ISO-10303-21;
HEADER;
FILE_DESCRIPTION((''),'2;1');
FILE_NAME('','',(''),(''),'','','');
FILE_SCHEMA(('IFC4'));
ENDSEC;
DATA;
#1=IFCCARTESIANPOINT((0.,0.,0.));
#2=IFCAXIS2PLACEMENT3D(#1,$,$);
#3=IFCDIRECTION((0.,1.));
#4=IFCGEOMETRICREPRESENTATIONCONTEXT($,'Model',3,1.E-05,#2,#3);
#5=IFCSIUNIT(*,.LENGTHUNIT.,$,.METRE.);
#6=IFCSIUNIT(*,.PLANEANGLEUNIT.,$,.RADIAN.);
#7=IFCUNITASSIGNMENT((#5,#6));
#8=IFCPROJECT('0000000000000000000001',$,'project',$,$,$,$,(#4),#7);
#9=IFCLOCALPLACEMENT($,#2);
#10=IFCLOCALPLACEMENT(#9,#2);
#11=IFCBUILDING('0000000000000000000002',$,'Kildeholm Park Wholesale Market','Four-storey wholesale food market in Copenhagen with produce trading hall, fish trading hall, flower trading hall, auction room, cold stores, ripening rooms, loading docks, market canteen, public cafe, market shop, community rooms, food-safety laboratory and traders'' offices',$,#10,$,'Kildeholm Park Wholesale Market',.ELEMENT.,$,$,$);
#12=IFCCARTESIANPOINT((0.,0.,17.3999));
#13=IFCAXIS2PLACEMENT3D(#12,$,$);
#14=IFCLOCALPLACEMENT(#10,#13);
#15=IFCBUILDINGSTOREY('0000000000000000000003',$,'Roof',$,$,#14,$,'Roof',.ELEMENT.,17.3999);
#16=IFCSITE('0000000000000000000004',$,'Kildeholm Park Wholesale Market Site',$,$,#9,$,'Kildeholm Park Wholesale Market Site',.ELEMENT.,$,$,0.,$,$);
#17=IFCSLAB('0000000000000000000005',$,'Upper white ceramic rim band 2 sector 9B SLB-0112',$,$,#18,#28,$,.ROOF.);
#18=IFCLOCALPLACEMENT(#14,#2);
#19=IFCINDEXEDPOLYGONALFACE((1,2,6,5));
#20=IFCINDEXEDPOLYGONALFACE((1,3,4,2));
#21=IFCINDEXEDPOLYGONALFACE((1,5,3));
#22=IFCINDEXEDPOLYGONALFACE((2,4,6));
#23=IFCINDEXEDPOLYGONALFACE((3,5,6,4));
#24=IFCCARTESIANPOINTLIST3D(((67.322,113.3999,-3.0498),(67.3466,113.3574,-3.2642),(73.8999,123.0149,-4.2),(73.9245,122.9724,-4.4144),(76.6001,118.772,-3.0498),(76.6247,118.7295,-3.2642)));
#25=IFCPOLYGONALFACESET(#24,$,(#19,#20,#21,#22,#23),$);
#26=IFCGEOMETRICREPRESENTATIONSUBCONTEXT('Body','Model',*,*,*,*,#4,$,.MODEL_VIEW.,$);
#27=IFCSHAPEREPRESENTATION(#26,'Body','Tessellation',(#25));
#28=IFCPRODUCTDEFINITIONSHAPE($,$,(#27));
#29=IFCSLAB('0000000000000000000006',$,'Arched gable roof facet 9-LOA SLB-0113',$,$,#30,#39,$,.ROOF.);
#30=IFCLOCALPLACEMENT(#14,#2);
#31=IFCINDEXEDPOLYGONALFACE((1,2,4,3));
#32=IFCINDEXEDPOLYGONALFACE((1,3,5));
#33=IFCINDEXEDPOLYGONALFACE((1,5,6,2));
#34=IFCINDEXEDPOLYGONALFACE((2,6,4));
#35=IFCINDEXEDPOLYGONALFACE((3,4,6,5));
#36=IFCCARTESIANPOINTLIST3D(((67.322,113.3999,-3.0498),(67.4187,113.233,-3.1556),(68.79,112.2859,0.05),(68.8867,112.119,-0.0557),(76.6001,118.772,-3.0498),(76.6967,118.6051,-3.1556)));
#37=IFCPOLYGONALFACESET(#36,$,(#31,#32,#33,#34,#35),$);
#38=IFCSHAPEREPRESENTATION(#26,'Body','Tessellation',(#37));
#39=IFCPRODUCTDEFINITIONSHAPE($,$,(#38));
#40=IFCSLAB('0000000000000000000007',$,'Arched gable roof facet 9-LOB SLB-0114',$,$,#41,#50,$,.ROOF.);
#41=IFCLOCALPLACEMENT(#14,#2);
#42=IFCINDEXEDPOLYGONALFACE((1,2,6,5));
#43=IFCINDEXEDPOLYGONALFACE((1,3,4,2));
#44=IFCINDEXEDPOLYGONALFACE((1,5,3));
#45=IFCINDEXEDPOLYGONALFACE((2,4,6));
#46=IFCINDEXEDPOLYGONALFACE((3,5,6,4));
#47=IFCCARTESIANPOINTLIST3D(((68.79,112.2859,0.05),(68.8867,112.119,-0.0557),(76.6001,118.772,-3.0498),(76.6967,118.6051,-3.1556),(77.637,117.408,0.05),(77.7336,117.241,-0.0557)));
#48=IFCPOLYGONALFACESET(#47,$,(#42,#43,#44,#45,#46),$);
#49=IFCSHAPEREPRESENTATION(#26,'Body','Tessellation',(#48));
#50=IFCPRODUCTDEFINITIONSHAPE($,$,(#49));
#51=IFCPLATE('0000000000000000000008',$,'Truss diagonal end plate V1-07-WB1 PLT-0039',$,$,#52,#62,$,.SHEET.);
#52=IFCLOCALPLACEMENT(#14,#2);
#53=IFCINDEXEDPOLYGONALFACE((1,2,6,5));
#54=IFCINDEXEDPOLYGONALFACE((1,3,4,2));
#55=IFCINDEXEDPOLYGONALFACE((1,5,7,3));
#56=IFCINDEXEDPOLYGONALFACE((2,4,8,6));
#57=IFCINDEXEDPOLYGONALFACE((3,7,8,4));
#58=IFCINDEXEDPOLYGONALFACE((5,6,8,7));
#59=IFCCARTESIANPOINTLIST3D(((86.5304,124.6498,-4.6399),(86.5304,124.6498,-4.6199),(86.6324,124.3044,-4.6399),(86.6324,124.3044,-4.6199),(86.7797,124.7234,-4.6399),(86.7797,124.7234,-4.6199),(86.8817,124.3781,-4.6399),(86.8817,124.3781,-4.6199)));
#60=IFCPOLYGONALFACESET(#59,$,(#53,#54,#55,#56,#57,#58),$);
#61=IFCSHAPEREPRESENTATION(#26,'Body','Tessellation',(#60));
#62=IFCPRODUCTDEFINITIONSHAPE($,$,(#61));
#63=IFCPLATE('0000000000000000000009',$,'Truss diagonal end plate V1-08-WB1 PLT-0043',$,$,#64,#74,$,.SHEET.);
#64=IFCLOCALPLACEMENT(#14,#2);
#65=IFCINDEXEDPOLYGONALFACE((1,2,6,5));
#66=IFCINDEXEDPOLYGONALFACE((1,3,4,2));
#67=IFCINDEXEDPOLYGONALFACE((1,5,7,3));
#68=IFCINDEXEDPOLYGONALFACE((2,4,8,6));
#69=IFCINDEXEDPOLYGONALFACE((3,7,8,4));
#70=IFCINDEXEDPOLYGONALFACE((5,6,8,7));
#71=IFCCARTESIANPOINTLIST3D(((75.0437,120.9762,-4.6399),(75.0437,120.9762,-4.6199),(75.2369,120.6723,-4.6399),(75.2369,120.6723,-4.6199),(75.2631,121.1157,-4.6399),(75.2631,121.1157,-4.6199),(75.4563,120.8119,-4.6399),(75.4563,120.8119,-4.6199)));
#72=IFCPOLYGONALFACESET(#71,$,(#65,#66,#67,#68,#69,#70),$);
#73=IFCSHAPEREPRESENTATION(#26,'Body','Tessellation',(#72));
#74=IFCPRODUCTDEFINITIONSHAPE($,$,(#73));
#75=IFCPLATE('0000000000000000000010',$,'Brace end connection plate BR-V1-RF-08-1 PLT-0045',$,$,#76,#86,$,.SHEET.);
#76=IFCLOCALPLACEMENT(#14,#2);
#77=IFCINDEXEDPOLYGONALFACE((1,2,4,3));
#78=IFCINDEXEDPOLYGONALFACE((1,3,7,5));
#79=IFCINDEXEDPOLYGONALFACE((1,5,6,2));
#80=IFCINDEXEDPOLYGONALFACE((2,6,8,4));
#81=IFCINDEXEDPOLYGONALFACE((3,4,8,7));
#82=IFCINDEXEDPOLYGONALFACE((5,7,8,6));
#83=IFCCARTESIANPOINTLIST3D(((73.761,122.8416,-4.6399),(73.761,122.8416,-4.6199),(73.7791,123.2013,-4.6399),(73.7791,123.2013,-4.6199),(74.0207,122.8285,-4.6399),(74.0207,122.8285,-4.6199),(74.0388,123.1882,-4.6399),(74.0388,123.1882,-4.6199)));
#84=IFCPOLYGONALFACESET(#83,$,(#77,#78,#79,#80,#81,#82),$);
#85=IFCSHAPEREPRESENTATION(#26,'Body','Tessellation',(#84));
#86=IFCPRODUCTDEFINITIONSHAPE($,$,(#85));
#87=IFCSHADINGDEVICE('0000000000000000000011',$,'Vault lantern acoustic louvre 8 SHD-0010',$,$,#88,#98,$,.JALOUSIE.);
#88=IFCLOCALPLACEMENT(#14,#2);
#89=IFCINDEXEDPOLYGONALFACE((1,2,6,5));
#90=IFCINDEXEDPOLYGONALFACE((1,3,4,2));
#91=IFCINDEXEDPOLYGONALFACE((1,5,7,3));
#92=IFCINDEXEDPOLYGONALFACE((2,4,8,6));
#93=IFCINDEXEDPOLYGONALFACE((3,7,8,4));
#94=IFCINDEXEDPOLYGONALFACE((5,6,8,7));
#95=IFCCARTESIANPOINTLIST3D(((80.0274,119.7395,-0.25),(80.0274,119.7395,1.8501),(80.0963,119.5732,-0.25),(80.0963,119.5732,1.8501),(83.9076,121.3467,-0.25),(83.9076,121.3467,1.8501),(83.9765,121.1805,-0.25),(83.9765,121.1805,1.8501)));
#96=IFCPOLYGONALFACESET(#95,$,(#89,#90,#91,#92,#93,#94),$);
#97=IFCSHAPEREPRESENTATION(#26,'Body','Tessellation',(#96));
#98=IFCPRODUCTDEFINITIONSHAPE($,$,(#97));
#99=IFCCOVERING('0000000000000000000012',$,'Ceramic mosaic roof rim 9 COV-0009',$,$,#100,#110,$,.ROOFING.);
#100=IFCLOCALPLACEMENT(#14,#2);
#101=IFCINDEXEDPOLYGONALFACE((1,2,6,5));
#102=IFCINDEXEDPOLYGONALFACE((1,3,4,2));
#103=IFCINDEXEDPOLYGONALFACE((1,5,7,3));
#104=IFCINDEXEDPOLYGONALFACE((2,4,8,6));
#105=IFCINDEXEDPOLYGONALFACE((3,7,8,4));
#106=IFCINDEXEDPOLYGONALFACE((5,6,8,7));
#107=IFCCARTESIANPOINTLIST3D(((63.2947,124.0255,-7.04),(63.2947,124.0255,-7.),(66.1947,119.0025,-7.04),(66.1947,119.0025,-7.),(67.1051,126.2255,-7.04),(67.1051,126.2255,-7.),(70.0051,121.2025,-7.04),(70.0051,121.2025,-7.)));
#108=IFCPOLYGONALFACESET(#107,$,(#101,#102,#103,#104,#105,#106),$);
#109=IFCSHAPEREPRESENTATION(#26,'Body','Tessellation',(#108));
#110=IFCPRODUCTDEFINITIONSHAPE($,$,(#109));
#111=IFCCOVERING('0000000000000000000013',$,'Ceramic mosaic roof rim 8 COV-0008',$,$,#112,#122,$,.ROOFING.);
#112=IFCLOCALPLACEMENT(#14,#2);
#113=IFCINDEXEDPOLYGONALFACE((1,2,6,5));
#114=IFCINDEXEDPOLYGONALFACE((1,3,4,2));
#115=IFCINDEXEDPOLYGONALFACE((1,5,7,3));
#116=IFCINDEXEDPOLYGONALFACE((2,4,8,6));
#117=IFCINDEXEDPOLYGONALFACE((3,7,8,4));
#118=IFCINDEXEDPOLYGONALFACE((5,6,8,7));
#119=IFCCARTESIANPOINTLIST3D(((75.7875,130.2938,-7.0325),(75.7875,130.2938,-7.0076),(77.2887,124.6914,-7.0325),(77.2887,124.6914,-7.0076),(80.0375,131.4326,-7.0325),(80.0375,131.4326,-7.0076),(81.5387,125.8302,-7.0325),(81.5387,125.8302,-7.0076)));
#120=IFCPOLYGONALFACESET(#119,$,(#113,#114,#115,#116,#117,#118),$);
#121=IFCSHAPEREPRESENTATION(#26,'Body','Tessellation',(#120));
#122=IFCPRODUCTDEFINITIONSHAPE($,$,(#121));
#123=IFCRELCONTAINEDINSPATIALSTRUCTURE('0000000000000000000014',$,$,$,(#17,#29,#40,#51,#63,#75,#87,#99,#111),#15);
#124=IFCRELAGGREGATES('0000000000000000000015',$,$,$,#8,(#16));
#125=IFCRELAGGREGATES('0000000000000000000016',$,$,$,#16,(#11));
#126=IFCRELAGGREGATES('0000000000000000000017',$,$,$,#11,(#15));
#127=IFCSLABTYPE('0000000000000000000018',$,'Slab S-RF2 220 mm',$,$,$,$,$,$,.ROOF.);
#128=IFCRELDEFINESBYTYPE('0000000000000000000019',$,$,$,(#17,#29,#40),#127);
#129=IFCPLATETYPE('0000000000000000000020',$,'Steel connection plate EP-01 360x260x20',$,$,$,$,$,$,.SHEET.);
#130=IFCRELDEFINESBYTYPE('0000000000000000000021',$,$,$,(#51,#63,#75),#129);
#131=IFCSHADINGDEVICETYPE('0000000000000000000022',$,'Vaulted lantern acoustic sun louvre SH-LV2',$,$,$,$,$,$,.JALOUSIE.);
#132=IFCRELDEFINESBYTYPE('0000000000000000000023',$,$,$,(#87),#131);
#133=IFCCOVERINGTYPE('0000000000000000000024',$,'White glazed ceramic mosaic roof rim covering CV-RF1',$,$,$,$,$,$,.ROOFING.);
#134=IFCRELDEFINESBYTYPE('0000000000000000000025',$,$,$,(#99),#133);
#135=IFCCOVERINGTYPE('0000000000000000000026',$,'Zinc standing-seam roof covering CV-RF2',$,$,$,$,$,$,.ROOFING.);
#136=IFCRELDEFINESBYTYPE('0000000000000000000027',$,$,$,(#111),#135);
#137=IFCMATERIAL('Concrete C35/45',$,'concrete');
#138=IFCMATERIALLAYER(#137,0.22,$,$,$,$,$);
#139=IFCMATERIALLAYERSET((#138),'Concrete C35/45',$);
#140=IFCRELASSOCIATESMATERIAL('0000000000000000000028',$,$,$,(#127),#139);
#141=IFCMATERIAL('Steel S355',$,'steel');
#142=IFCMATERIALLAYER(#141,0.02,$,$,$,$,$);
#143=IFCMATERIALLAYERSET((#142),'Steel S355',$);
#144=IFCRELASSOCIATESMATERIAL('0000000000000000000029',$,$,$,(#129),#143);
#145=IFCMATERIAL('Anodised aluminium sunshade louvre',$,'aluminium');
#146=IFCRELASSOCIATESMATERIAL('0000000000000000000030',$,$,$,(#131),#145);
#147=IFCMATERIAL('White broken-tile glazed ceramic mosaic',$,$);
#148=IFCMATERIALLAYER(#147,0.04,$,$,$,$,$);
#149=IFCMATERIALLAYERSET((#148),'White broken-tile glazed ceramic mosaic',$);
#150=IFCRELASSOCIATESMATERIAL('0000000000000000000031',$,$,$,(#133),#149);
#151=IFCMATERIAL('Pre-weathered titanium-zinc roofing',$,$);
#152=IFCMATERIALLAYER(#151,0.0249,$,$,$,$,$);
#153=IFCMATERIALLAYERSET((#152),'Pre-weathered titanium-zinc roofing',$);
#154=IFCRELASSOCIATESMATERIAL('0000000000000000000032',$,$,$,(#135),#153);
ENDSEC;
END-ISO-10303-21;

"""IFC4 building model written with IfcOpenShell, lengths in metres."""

from ifc_helpers import new_model, si_unit, direction, frame, origin, origin_2d, place, context, subcontext, project, spatial, polyline, rectangle, outline, extrude, material, layer, layer_set, type_object, element, save


model = new_model("IFC4")

# Units and contexts
model_context = context("Model", 3, precision=1e-05, world=origin(), true_north=direction((0.0, 1.0)))
body_context = subcontext(model_context, "Body", "Model", "MODEL_VIEW")
ifc_project = project(units=[si_unit("LENGTHUNIT", "METRE"), si_unit("PLANEANGLEUNIT", "RADIAN")], contexts=[model_context])

# Site, building, storey
site_placement = place(None, origin())
site = spatial("IfcSite", under=ifc_project, at=site_placement, Name="Kildeholm Park Wholesale Market Site", LongName="Kildeholm Park Wholesale Market Site", CompositionType="ELEMENT", RefElevation=0.0)
building_placement = place(site_placement, origin())
building = spatial("IfcBuilding", under=site, at=building_placement, Name="Kildeholm Park Wholesale Market", Description="Four-storey wholesale food market in Copenhagen with produce trading hall, fish trading hall, flower trading hall, auction room, cold stores, ripening rooms, loading docks, market canteen, public cafe, market shop, community rooms, food-safety laboratory and traders' offices", LongName="Kildeholm Park Wholesale Market", CompositionType="ELEMENT")
storey_placement = place(building_placement, frame((0.0, 0.0, 17.3999)))
storey = spatial("IfcBuildingStorey", under=building, at=storey_placement, Name="Roof", LongName="Roof", CompositionType="ELEMENT", Elevation=17.3999)

# Shared definitions
ifc_material_1 = material(Name="Steel S355", Category="steel")

# Slabs
ifc_material_2 = material(Name="Concrete C35/45", Category="concrete")
ifc_layer_1 = layer(ifc_material_2, 0.22)
ifc_layer_set_1 = layer_set([ifc_layer_1], Name="Concrete C35/45")
slab_type = type_object("IfcSlabType", Name="Slab S-RF2 220 mm", PredefinedType="ROOF", material=ifc_layer_set_1)
slab_1_placement = place(storey_placement, frame((73.8999, 123.0149, -4.2), z_axis=(-0.111801, 0.193091, 0.974791), x_axis=(-0.561906, -0.821346, 0.09825)))
element("IfcSlab", 1, at=slab_1_placement, inside=storey, type_object=slab_type, Name="Upper white ceramic rim band 2 sector 9B SLB-0112", PredefinedType="ROOF", context=body_context, shape_type="SweptSolid", body=[
    extrude(outline(polyline([(0.0, 0.0), (11.7064, 0.0), (2.0807, 4.7209), (0.0, 0.0)])), origin(), (0.0, 0.0, -1.0), 0.22),
])
slab_2_placement = place(storey_placement, frame((76.6001, 118.772, -3.0498), z_axis=(-0.439364, 0.758824, 0.480776), x_axis=(-0.865404, -0.501075, 0.0)))
element("IfcSlab", 2, at=slab_2_placement, inside=storey, type_object=slab_type, Name="Arched gable roof facet 9-LOA SLB-0113", PredefinedType="ROOF", context=body_context, shape_type="SweptSolid", body=[
    extrude(outline(polyline([(0.0, 0.0), (10.7211, 0.0), (10.0089, 3.5352), (0.0, 0.0)])), origin(), (0.0, 0.0, -1.0), 0.22),
])
slab_3_placement = place(storey_placement, frame((76.6001, 118.772, -3.0498), z_axis=(-0.439323, 0.758806, 0.480842), x_axis=(-0.735766, -0.611038, 0.292029)))
element("IfcSlab", 3, at=slab_3_placement, inside=storey, type_object=slab_type, Name="Arched gable roof facet 9-LOB SLB-0114", PredefinedType="ROOF", context=body_context, shape_type="SweptSolid", body=[
    extrude(outline(polyline([(0.0, 0.0), (10.6149, 0.0), (0.9758, 3.4048), (0.0, 0.0)])), origin(), (0.0, 0.0, -1.0), 0.22),
])

# Plates
ifc_layer_2 = layer(ifc_material_1, 0.02)
ifc_layer_set_2 = layer_set([ifc_layer_2], Name="Steel S355")
plate_type = type_object("IfcPlateType", Name="Steel connection plate EP-01 360x260x20", PredefinedType="SHEET", material=ifc_layer_set_2)
for number, where, z_axis, x_axis, name in (
    (4, (86.7061, 124.5139, -4.6399), (0.0, 0.0, 1.0), (0.283346, -0.959018, 0.0), "Truss diagonal end plate V1-07-WB1 PLT-0039"),
    (5, (75.25, 120.894, -4.6399), (0.0, 0.0, 1.0), (0.536711, -0.843766, 0.0), "Truss diagonal end plate V1-08-WB1 PLT-0043"),
    (6, (73.8999, 123.0149, -4.6399), (0.0, 0.0, 1.0), (-0.050244, -0.998737, 0.0), "Brace end connection plate BR-V1-RF-08-1 PLT-0045"),
):
    element("IfcPlate", number, at=place(storey_placement, frame(where, z_axis=z_axis, x_axis=x_axis)), inside=storey, type_object=plate_type, Name=name, PredefinedType="SHEET", context=body_context, shape_type="SweptSolid", body=[
        extrude(rectangle(XDim=0.3601, YDim=0.26, at=origin_2d()), origin(), (0.0, 0.0, 1.0), 0.02),
    ])

# Shading device
ifc_material_3 = material(Name="Anodised aluminium sunshade louvre", Category="aluminium")
shading_device_type = type_object("IfcShadingDeviceType", Name="Vaulted lantern acoustic sun louvre SH-LV2", PredefinedType="JALOUSIE", material=ifc_material_3)
shading_device_placement = place(storey_placement, frame((82.002, 120.46, -0.25), z_axis=(0.0, 0.0, 1.0), x_axis=(-0.92388, -0.382683, 0.0)))
element("IfcShadingDevice", 7, at=shading_device_placement, inside=storey, type_object=shading_device_type, Name="Vault lantern acoustic louvre 8 SHD-0010", PredefinedType="JALOUSIE", context=body_context, shape_type="SweptSolid", body=[
    extrude(rectangle(XDim=4.2, YDim=0.1799, at=origin_2d()), origin(), (0.0, 0.0, 1.0), 2.1001),
])

# Coverings
ifc_material_4 = material(Name="White broken-tile glazed ceramic mosaic")
ifc_layer_3 = layer(ifc_material_4, 0.04)
ifc_layer_set_3 = layer_set([ifc_layer_3], Name="White broken-tile glazed ceramic mosaic")
covering_type_1 = type_object("IfcCoveringType", Name="White glazed ceramic mosaic roof rim covering CV-RF1", PredefinedType="ROOFING", material=ifc_layer_set_3)
covering_1_placement = place(storey_placement, frame((66.6499, 122.614, -7.04), z_axis=(0.0, 0.0, 1.0), x_axis=(-0.5, 0.866025, 0.0)))
element("IfcCovering", 8, at=covering_1_placement, inside=storey, type_object=covering_type_1, Name="Ceramic mosaic roof rim 9 COV-0009", PredefinedType="ROOFING", context=body_context, shape_type="SweptSolid", body=[
    extrude(rectangle(XDim=5.8, YDim=4.3999, at=origin_2d()), origin(), (0.0, 0.0, 1.0), 0.04),
])
ifc_material_5 = material(Name="Pre-weathered titanium-zinc roofing")
ifc_layer_4 = layer(ifc_material_5, 0.0249)
ifc_layer_set_4 = layer_set([ifc_layer_4], Name="Pre-weathered titanium-zinc roofing")
covering_type_2 = type_object("IfcCoveringType", Name="Zinc standing-seam roof covering CV-RF2", PredefinedType="ROOFING", material=ifc_layer_set_4)
covering_2_placement = place(storey_placement, frame((78.6631, 128.062, -7.0325), z_axis=(0.0, 0.0, 1.0), x_axis=(-0.258819, 0.965926, 0.0)))
element("IfcCovering", 9, at=covering_2_placement, inside=storey, type_object=covering_type_2, Name="Ceramic mosaic roof rim 8 COV-0008", PredefinedType="ROOFING", context=body_context, shape_type="SweptSolid", body=[
    extrude(rectangle(XDim=5.8, YDim=4.3999, at=origin_2d()), origin(), (0.0, 0.0, 1.0), 0.0249),
])

save(model, "model.ifc")
